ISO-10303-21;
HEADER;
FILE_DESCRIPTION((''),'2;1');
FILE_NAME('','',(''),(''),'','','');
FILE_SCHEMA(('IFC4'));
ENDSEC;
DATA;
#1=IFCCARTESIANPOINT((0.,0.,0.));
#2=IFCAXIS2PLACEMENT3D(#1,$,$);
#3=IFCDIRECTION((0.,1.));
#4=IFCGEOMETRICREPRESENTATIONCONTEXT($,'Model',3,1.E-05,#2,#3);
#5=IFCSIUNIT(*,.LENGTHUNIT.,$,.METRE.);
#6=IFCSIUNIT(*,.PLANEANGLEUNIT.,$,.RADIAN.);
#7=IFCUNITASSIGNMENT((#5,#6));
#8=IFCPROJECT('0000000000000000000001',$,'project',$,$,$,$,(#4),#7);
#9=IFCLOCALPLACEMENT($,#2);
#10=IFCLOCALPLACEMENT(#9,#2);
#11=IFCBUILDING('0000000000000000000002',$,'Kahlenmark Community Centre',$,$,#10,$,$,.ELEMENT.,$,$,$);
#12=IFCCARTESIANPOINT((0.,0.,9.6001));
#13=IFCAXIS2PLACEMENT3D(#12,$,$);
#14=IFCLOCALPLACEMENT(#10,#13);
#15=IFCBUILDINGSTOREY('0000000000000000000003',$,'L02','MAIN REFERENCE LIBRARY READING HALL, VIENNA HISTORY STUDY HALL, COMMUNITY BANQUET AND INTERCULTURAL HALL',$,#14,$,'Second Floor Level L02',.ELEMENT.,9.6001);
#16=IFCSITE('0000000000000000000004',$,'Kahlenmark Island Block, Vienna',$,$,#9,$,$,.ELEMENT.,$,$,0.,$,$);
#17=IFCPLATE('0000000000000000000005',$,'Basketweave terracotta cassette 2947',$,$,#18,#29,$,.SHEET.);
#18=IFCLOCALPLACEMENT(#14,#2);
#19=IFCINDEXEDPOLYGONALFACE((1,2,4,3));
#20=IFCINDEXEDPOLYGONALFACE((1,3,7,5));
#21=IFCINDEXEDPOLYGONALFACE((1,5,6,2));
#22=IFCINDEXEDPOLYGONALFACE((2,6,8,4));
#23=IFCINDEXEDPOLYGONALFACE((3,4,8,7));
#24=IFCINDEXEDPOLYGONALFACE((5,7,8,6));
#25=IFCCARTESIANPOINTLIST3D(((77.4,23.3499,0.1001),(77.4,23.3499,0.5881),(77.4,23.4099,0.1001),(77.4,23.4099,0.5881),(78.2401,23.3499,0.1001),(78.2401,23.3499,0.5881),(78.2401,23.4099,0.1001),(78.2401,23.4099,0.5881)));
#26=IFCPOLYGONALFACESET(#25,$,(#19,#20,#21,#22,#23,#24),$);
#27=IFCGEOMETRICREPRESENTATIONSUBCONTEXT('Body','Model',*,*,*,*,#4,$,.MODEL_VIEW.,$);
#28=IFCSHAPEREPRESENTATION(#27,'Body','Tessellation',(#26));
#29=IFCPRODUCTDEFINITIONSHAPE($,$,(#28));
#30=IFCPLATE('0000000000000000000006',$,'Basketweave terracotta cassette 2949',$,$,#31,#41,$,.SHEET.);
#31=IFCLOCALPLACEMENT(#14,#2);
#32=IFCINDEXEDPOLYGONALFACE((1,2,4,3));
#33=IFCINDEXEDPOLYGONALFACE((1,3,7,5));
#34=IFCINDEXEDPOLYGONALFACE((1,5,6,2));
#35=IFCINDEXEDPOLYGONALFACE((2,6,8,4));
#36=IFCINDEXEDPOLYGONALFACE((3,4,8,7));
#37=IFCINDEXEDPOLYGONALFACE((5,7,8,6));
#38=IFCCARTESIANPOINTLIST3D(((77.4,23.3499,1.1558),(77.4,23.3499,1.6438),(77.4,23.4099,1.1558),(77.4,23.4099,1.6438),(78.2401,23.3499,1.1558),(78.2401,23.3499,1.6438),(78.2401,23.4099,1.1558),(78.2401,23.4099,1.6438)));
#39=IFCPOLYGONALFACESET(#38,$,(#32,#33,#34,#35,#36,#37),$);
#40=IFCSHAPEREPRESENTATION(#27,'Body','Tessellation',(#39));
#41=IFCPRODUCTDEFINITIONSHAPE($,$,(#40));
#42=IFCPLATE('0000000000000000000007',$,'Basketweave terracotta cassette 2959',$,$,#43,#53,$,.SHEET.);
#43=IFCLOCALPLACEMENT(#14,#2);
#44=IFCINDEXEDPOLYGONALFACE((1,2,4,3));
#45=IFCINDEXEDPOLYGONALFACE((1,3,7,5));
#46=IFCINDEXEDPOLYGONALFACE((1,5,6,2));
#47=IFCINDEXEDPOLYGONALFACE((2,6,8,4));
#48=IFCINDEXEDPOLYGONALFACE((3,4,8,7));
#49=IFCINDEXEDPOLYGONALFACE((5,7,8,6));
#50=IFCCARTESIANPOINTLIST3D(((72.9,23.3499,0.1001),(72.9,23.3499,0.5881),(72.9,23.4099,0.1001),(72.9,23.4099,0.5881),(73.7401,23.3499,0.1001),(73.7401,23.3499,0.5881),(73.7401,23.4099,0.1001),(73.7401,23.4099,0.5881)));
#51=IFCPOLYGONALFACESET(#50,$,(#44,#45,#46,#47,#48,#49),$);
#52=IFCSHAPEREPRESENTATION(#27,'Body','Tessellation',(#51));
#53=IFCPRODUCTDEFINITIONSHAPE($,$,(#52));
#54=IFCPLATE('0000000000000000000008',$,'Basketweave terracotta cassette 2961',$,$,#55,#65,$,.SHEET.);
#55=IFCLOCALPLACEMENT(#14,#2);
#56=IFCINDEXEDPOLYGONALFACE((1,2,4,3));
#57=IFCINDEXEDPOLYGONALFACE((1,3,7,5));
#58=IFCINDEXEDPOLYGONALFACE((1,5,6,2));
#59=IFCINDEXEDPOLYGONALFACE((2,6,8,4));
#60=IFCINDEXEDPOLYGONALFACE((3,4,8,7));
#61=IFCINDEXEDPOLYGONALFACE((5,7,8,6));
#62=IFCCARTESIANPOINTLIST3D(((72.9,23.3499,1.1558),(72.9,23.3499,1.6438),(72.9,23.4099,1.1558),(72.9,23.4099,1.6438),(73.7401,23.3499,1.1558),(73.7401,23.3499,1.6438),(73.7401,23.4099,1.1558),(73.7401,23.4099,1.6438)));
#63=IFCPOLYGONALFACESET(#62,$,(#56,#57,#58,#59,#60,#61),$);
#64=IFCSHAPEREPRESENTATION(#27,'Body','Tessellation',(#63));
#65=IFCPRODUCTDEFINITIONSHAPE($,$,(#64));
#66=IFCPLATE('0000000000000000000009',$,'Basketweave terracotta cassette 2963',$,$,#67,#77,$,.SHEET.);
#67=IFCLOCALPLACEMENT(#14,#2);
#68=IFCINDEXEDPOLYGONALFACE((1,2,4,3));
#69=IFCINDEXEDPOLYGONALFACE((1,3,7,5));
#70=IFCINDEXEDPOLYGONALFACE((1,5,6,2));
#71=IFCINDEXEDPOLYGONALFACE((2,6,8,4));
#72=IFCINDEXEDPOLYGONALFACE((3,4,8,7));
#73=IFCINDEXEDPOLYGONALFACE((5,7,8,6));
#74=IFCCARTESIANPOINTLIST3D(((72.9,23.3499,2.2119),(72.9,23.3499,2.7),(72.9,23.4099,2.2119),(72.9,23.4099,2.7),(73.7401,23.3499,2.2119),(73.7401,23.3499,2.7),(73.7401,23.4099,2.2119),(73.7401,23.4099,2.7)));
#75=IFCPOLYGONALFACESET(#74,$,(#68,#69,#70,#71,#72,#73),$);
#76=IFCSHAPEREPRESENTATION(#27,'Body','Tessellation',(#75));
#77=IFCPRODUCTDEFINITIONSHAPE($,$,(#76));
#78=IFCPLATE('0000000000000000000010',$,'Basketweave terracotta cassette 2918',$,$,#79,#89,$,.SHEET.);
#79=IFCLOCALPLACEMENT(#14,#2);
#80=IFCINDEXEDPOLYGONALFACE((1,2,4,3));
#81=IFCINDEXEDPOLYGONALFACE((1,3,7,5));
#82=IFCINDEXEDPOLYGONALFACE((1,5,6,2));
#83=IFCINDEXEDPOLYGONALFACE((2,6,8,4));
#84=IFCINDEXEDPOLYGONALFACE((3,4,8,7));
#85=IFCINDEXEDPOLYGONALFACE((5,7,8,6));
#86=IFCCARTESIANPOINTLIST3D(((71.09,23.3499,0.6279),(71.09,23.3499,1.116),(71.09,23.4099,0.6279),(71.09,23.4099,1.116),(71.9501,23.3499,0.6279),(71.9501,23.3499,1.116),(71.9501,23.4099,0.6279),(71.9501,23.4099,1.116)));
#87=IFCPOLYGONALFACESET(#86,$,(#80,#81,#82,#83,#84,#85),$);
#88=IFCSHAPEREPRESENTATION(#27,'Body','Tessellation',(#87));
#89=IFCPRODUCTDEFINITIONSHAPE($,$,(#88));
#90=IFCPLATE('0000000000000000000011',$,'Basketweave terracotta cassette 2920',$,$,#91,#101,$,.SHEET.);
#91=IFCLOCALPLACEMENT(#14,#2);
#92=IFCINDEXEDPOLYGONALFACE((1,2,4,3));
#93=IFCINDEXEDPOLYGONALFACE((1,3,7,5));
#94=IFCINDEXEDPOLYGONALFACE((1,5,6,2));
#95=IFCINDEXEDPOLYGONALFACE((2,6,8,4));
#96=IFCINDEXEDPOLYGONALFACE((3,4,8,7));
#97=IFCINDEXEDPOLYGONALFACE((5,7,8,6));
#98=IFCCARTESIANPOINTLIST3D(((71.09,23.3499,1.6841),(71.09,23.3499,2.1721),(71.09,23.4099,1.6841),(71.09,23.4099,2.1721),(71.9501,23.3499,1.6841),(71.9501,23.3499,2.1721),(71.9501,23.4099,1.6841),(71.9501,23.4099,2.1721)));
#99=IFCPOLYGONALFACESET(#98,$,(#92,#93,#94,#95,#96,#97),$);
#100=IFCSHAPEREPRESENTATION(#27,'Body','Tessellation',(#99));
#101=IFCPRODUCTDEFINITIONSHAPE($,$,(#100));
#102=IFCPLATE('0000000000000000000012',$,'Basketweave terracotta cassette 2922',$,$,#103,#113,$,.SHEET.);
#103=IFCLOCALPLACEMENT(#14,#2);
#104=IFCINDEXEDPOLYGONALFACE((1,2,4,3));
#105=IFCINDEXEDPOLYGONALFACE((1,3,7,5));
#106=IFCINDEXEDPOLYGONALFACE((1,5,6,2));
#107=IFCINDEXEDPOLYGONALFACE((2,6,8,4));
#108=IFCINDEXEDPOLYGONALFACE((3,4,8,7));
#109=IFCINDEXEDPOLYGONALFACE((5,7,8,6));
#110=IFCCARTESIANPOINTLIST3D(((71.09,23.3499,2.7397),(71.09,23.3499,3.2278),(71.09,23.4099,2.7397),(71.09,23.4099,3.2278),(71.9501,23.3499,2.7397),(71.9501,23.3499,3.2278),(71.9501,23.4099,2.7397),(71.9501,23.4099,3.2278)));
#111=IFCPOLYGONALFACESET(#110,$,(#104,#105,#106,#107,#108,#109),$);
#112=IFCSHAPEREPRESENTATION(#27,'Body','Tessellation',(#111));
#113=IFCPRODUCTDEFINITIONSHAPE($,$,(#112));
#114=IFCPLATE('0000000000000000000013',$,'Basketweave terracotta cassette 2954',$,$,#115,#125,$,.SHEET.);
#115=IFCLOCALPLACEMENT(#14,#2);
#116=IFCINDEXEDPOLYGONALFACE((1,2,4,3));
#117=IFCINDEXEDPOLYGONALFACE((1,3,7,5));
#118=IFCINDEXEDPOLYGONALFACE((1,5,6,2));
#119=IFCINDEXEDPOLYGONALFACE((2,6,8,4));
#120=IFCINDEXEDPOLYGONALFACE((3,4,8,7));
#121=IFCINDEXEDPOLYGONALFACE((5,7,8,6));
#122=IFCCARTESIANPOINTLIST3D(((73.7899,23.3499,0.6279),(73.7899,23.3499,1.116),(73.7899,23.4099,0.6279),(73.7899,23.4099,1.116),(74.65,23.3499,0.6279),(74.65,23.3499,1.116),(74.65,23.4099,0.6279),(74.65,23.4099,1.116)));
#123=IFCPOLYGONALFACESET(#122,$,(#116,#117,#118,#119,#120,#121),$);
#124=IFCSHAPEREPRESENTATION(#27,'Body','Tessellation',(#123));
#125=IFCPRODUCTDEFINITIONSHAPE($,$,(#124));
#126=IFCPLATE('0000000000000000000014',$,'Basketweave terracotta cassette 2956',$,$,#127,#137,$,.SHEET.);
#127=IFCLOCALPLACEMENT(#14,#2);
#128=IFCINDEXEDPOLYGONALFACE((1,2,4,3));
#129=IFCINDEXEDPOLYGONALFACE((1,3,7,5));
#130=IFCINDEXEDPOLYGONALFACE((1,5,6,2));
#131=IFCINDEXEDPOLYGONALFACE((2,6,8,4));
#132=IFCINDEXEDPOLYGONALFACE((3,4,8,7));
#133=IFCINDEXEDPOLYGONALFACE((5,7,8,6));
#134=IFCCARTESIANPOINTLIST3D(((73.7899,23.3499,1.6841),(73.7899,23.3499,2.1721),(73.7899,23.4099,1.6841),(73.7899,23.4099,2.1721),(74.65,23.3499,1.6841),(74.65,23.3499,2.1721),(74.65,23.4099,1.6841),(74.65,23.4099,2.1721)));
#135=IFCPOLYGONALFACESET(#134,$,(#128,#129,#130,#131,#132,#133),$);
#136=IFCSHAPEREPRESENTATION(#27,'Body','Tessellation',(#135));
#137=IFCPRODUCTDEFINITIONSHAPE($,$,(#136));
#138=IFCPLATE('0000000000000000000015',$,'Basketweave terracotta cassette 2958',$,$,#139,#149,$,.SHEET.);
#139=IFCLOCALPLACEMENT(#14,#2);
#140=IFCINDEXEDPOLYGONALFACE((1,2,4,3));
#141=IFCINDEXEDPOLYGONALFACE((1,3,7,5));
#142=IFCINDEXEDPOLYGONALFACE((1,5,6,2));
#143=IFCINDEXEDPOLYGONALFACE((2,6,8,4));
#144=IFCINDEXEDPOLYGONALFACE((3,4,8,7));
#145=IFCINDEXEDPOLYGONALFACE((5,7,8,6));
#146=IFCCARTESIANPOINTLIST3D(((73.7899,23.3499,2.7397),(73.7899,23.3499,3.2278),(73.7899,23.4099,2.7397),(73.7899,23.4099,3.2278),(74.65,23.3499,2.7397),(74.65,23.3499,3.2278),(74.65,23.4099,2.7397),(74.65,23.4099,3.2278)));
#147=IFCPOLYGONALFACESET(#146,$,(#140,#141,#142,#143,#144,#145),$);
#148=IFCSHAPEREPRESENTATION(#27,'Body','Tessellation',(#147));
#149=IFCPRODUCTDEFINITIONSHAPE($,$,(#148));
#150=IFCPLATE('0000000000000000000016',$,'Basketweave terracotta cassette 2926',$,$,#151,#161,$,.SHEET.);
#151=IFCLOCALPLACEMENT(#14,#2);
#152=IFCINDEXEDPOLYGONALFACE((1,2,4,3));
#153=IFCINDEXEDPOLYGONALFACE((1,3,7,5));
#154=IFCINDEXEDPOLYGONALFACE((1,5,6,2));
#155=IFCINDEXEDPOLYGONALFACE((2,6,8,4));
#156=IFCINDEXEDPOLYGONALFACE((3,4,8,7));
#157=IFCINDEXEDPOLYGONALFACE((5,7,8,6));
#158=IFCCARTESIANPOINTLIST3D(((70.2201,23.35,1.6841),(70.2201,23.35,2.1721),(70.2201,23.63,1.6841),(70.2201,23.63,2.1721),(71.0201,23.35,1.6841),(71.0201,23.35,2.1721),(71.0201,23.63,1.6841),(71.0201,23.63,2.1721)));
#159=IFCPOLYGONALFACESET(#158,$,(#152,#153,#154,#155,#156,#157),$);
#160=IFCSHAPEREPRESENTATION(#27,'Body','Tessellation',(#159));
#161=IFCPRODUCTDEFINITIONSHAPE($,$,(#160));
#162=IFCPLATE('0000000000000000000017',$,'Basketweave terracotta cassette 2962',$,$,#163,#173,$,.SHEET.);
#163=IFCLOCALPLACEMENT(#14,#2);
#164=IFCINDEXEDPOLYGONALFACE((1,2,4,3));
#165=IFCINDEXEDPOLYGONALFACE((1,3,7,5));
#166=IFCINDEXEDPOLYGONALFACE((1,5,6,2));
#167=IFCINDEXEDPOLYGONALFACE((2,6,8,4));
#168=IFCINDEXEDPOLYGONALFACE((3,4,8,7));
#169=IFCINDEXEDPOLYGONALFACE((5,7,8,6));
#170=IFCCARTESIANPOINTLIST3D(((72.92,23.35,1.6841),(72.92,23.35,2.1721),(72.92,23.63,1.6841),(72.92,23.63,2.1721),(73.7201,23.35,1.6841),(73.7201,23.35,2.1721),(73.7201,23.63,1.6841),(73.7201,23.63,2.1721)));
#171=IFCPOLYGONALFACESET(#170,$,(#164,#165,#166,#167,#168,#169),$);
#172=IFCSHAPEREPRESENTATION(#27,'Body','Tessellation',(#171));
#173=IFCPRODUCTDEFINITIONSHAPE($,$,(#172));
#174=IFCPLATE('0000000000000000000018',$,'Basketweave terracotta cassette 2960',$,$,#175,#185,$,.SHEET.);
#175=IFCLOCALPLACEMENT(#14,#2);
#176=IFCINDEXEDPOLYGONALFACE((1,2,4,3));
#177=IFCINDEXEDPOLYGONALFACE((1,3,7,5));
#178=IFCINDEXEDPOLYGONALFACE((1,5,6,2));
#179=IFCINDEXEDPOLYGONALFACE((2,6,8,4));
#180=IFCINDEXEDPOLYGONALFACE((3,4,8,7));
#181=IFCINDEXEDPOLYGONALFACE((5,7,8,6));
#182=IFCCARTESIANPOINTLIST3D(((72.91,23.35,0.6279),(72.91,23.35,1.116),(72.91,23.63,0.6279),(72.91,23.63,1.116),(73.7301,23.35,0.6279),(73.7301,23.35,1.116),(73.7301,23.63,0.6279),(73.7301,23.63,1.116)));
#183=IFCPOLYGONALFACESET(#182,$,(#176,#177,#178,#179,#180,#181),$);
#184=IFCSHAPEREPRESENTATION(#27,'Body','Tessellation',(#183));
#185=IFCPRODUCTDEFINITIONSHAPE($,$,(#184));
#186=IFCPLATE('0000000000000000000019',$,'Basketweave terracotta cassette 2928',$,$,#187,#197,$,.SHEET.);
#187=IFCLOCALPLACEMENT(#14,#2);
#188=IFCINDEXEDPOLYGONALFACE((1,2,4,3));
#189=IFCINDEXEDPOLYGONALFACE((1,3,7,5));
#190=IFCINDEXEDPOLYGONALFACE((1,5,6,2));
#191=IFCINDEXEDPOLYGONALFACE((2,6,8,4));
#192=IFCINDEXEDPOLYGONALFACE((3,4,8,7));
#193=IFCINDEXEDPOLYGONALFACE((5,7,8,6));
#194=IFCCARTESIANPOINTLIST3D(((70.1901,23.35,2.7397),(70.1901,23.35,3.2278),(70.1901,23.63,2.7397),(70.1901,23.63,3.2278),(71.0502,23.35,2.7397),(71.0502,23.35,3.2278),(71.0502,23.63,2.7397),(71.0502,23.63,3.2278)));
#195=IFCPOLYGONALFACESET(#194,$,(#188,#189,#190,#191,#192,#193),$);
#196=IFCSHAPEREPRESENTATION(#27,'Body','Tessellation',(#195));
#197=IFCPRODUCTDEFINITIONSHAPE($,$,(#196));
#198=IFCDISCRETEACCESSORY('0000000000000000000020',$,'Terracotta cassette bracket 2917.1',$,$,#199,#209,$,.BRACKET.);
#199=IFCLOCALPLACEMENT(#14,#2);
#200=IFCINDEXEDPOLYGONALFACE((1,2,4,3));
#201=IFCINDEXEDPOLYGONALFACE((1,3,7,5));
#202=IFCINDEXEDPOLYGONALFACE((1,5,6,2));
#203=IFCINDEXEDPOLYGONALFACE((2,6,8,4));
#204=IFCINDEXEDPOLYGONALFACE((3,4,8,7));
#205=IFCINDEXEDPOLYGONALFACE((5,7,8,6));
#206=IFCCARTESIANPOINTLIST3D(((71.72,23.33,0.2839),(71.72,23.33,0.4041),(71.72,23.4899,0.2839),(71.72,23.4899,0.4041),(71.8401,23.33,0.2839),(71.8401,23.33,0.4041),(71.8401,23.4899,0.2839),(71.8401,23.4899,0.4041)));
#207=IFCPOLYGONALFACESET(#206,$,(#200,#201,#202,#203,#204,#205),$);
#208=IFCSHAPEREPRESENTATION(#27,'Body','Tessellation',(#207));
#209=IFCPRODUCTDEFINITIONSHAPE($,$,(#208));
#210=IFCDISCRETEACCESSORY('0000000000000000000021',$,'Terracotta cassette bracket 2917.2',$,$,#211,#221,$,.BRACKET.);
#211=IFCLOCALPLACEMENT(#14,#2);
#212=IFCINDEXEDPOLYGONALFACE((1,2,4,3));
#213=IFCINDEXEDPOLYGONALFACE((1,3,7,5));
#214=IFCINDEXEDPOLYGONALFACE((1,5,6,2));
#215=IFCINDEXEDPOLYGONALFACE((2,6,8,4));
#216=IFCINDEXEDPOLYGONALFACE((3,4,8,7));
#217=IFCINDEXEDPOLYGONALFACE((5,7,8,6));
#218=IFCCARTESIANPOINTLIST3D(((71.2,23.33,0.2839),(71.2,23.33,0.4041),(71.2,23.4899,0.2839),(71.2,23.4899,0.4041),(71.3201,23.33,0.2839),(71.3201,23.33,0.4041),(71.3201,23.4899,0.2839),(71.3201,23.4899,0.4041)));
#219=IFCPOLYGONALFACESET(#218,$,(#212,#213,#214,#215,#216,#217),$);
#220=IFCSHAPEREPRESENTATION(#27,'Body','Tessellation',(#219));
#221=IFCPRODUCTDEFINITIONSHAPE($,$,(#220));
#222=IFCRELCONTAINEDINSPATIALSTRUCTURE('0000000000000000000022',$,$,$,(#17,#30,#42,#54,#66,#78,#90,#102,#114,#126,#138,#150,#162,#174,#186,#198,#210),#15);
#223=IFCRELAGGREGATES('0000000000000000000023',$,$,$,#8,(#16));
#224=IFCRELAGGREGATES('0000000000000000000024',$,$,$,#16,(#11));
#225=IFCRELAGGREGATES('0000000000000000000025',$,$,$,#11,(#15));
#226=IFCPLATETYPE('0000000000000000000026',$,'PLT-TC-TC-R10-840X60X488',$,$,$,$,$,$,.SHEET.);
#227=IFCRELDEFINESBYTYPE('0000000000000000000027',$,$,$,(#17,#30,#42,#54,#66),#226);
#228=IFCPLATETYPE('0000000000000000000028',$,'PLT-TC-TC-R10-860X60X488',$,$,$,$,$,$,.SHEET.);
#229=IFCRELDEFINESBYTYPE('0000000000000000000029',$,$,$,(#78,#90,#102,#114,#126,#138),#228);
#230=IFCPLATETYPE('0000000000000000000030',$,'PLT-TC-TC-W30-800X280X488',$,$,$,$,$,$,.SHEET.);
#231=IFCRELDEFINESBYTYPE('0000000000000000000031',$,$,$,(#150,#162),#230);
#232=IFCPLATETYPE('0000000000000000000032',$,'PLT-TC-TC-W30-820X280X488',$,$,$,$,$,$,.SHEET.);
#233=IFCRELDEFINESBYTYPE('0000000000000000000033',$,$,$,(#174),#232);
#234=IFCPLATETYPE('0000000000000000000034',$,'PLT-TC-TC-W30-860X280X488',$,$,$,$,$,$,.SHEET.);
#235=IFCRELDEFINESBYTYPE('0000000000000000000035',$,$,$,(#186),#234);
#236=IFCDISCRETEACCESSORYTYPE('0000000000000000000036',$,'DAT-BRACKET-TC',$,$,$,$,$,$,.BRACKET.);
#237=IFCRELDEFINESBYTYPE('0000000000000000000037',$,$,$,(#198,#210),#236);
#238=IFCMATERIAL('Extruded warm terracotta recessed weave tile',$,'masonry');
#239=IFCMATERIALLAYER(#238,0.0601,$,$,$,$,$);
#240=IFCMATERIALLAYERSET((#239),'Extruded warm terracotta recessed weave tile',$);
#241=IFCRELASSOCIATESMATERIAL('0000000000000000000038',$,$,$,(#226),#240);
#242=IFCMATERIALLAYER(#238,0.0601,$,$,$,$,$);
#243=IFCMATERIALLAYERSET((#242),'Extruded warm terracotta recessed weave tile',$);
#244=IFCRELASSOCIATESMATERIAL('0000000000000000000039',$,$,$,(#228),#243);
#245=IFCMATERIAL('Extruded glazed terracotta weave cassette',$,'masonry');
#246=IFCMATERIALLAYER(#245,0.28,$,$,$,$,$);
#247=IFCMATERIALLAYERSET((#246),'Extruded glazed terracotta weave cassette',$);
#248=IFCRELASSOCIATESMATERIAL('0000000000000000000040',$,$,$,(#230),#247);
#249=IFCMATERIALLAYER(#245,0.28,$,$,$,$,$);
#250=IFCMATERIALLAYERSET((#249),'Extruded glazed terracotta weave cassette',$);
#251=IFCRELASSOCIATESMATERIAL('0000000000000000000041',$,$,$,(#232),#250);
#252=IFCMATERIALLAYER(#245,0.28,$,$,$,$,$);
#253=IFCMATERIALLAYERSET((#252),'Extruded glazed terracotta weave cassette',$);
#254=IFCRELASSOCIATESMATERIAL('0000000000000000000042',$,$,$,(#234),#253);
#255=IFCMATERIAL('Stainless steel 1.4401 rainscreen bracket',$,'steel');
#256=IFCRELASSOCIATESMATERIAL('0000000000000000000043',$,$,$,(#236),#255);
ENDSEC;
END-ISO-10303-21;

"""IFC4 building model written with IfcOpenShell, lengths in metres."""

from ifc_helpers import new_model, si_unit, direction, frame, origin, origin_2d, place, context, subcontext, project, spatial, rectangle, extrude, material, layer, layer_set, type_object, element, save


model = new_model("IFC4")

# Units and contexts
model_context = context("Model", 3, precision=1e-05, world=origin(), true_north=direction((0.0, 1.0)))
body_context = subcontext(model_context, "Body", "Model", "MODEL_VIEW")
ifc_project = project(units=[si_unit("LENGTHUNIT", "METRE"), si_unit("PLANEANGLEUNIT", "RADIAN")], contexts=[model_context])

# Site, building, storey
site_placement = place(None, origin())
site = spatial("IfcSite", under=ifc_project, at=site_placement, Name="Kahlenmark Island Block, Vienna", CompositionType="ELEMENT", RefElevation=0.0)
building_placement = place(site_placement, origin())
building = spatial("IfcBuilding", under=site, at=building_placement, Name="Kahlenmark Community Centre", CompositionType="ELEMENT")
storey_placement = place(building_placement, frame((0.0, 0.0, 9.6001)))
storey = spatial("IfcBuildingStorey", under=building, at=storey_placement, Name="L02", Description="MAIN REFERENCE LIBRARY READING HALL, VIENNA HISTORY STUDY HALL, COMMUNITY BANQUET AND INTERCULTURAL HALL", LongName="Second Floor Level L02", CompositionType="ELEMENT", Elevation=9.6001)

# Plates
ifc_material_1 = material(Name="Extruded warm terracotta recessed weave tile", Category="masonry")
ifc_layer_1 = layer(ifc_material_1, 0.0601)
ifc_layer_set_1 = layer_set([ifc_layer_1], Name="Extruded warm terracotta recessed weave tile")
plate_type_1 = type_object("IfcPlateType", Name="PLT-TC-TC-R10-840X60X488", PredefinedType="SHEET", material=ifc_layer_set_1)
for number, where, z_axis, x_axis, name in (
    (1, (77.8201, 23.3799, 0.1001), (0.0, 0.0, 1.0), (-1.0, 0.0, 0.0), "Basketweave terracotta cassette 2947"),
    (2, (77.8201, 23.3799, 1.1558), (0.0, 0.0, 1.0), (-1.0, 0.0, 0.0), "Basketweave terracotta cassette 2949"),
    (3, (73.3201, 23.3799, 0.1001), (0.0, 0.0, 1.0), (-1.0, 0.0, 0.0), "Basketweave terracotta cassette 2959"),
    (4, (73.3201, 23.3799, 1.1558), (0.0, 0.0, 1.0), (-1.0, 0.0, 0.0), "Basketweave terracotta cassette 2961"),
    (5, (73.3201, 23.3799, 2.2119), (0.0, 0.0, 1.0), (-1.0, 0.0, 0.0), "Basketweave terracotta cassette 2963"),
):
    element("IfcPlate", number, at=place(storey_placement, frame(where, z_axis=z_axis, x_axis=x_axis)), inside=storey, type_object=plate_type_1, Name=name, PredefinedType="SHEET", context=body_context, shape_type="SweptSolid", body=[
        extrude(rectangle(XDim=0.8401, YDim=0.0601, at=origin_2d()), origin(), (0.0, 0.0, 1.0), 0.488),
    ])
ifc_layer_2 = layer(ifc_material_1, 0.0601)
ifc_layer_set_2 = layer_set([ifc_layer_2], Name="Extruded warm terracotta recessed weave tile")
plate_type_2 = type_object("IfcPlateType", Name="PLT-TC-TC-R10-860X60X488", PredefinedType="SHEET", material=ifc_layer_set_2)
for number, where, z_axis, x_axis, name in (
    (6, (71.52, 23.3799, 0.6279), (0.0, 0.0, 1.0), (-1.0, 0.0, 0.0), "Basketweave terracotta cassette 2918"),
    (7, (71.52, 23.3799, 1.6841), (0.0, 0.0, 1.0), (-1.0, 0.0, 0.0), "Basketweave terracotta cassette 2920"),
    (8, (71.52, 23.3799, 2.7397), (0.0, 0.0, 1.0), (-1.0, 0.0, 0.0), "Basketweave terracotta cassette 2922"),
    (9, (74.22, 23.3799, 0.6279), (0.0, 0.0, 1.0), (-1.0, 0.0, 0.0), "Basketweave terracotta cassette 2954"),
    (10, (74.22, 23.3799, 1.6841), (0.0, 0.0, 1.0), (-1.0, 0.0, 0.0), "Basketweave terracotta cassette 2956"),
    (11, (74.22, 23.3799, 2.7397), (0.0, 0.0, 1.0), (-1.0, 0.0, 0.0), "Basketweave terracotta cassette 2958"),
):
    element("IfcPlate", number, at=place(storey_placement, frame(where, z_axis=z_axis, x_axis=x_axis)), inside=storey, type_object=plate_type_2, Name=name, PredefinedType="SHEET", context=body_context, shape_type="SweptSolid", body=[
        extrude(rectangle(XDim=0.8601, YDim=0.0601, at=origin_2d()), origin(), (0.0, 0.0, 1.0), 0.488),
    ])
ifc_material_2 = material(Name="Extruded glazed terracotta weave cassette", Category="masonry")
ifc_layer_3 = layer(ifc_material_2, 0.28)
ifc_layer_set_3 = layer_set([ifc_layer_3], Name="Extruded glazed terracotta weave cassette")
plate_type_3 = type_object("IfcPlateType", Name="PLT-TC-TC-W30-800X280X488", PredefinedType="SHEET", material=ifc_layer_set_3)
for number, where, z_axis, x_axis, name in (
    (12, (70.6201, 23.49, 1.6841), (0.0, 0.0, 1.0), (-1.0, 0.0, 0.0), "Basketweave terracotta cassette 2926"),
    (13, (73.3201, 23.49, 1.6841), (0.0, 0.0, 1.0), (-1.0, 0.0, 0.0), "Basketweave terracotta cassette 2962"),
):
    element("IfcPlate", number, at=place(storey_placement, frame(where, z_axis=z_axis, x_axis=x_axis)), inside=storey, type_object=plate_type_3, Name=name, PredefinedType="SHEET", context=body_context, shape_type="SweptSolid", body=[
        extrude(rectangle(XDim=0.8, YDim=0.28, at=origin_2d()), origin(), (0.0, 0.0, 1.0), 0.488),
    ])
ifc_layer_4 = layer(ifc_material_2, 0.28)
ifc_layer_set_4 = layer_set([ifc_layer_4], Name="Extruded glazed terracotta weave cassette")
plate_type_4 = type_object("IfcPlateType", Name="PLT-TC-TC-W30-820X280X488", PredefinedType="SHEET", material=ifc_layer_set_4)
plate_1_placement = place(storey_placement, frame((73.3201, 23.49, 0.6279), z_axis=(0.0, 0.0, 1.0), x_axis=(-1.0, 0.0, 0.0)))
element("IfcPlate", 14, at=plate_1_placement, inside=storey, type_object=plate_type_4, Name="Basketweave terracotta cassette 2960", PredefinedType="SHEET", context=body_context, shape_type="SweptSolid", body=[
    extrude(rectangle(XDim=0.8201, YDim=0.28, at=origin_2d()), origin(), (0.0, 0.0, 1.0), 0.488),
])
ifc_layer_5 = layer(ifc_material_2, 0.28)
ifc_layer_set_5 = layer_set([ifc_layer_5], Name="Extruded glazed terracotta weave cassette")
plate_type_5 = type_object("IfcPlateType", Name="PLT-TC-TC-W30-860X280X488", PredefinedType="SHEET", material=ifc_layer_set_5)
plate_2_placement = place(storey_placement, frame((70.6201, 23.49, 2.7397), z_axis=(0.0, 0.0, 1.0), x_axis=(-1.0, 0.0, 0.0)))
element("IfcPlate", 15, at=plate_2_placement, inside=storey, type_object=plate_type_5, Name="Basketweave terracotta cassette 2928", PredefinedType="SHEET", context=body_context, shape_type="SweptSolid", body=[
    extrude(rectangle(XDim=0.8601, YDim=0.28, at=origin_2d()), origin(), (0.0, 0.0, 1.0), 0.488),
])

# Discrete accessories
ifc_material_3 = material(Name="Stainless steel 1.4401 rainscreen bracket", Category="steel")
discrete_accessory_type = type_object("IfcDiscreteAccessoryType", Name="DAT-BRACKET-TC", PredefinedType="BRACKET", material=ifc_material_3)
for number, where, z_axis, x_axis, name in (
    (16, (71.78, 23.4099, 0.2839), (0.0, 0.0, 1.0), (-1.0, 0.0, 0.0), "Terracotta cassette bracket 2917.1"),
    (17, (71.26, 23.4099, 0.2839), (0.0, 0.0, 1.0), (-1.0, 0.0, 0.0), "Terracotta cassette bracket 2917.2"),
):
    element("IfcDiscreteAccessory", number, at=place(storey_placement, frame(where, z_axis=z_axis, x_axis=x_axis)), inside=storey, type_object=discrete_accessory_type, Name=name, PredefinedType="BRACKET", context=body_context, shape_type="SweptSolid", body=[
        extrude(rectangle(XDim=0.1201, YDim=0.1599, at=origin_2d()), origin(), (0.0, 0.0, 1.0), 0.1201),
    ])

save(model, "model.ifc")
